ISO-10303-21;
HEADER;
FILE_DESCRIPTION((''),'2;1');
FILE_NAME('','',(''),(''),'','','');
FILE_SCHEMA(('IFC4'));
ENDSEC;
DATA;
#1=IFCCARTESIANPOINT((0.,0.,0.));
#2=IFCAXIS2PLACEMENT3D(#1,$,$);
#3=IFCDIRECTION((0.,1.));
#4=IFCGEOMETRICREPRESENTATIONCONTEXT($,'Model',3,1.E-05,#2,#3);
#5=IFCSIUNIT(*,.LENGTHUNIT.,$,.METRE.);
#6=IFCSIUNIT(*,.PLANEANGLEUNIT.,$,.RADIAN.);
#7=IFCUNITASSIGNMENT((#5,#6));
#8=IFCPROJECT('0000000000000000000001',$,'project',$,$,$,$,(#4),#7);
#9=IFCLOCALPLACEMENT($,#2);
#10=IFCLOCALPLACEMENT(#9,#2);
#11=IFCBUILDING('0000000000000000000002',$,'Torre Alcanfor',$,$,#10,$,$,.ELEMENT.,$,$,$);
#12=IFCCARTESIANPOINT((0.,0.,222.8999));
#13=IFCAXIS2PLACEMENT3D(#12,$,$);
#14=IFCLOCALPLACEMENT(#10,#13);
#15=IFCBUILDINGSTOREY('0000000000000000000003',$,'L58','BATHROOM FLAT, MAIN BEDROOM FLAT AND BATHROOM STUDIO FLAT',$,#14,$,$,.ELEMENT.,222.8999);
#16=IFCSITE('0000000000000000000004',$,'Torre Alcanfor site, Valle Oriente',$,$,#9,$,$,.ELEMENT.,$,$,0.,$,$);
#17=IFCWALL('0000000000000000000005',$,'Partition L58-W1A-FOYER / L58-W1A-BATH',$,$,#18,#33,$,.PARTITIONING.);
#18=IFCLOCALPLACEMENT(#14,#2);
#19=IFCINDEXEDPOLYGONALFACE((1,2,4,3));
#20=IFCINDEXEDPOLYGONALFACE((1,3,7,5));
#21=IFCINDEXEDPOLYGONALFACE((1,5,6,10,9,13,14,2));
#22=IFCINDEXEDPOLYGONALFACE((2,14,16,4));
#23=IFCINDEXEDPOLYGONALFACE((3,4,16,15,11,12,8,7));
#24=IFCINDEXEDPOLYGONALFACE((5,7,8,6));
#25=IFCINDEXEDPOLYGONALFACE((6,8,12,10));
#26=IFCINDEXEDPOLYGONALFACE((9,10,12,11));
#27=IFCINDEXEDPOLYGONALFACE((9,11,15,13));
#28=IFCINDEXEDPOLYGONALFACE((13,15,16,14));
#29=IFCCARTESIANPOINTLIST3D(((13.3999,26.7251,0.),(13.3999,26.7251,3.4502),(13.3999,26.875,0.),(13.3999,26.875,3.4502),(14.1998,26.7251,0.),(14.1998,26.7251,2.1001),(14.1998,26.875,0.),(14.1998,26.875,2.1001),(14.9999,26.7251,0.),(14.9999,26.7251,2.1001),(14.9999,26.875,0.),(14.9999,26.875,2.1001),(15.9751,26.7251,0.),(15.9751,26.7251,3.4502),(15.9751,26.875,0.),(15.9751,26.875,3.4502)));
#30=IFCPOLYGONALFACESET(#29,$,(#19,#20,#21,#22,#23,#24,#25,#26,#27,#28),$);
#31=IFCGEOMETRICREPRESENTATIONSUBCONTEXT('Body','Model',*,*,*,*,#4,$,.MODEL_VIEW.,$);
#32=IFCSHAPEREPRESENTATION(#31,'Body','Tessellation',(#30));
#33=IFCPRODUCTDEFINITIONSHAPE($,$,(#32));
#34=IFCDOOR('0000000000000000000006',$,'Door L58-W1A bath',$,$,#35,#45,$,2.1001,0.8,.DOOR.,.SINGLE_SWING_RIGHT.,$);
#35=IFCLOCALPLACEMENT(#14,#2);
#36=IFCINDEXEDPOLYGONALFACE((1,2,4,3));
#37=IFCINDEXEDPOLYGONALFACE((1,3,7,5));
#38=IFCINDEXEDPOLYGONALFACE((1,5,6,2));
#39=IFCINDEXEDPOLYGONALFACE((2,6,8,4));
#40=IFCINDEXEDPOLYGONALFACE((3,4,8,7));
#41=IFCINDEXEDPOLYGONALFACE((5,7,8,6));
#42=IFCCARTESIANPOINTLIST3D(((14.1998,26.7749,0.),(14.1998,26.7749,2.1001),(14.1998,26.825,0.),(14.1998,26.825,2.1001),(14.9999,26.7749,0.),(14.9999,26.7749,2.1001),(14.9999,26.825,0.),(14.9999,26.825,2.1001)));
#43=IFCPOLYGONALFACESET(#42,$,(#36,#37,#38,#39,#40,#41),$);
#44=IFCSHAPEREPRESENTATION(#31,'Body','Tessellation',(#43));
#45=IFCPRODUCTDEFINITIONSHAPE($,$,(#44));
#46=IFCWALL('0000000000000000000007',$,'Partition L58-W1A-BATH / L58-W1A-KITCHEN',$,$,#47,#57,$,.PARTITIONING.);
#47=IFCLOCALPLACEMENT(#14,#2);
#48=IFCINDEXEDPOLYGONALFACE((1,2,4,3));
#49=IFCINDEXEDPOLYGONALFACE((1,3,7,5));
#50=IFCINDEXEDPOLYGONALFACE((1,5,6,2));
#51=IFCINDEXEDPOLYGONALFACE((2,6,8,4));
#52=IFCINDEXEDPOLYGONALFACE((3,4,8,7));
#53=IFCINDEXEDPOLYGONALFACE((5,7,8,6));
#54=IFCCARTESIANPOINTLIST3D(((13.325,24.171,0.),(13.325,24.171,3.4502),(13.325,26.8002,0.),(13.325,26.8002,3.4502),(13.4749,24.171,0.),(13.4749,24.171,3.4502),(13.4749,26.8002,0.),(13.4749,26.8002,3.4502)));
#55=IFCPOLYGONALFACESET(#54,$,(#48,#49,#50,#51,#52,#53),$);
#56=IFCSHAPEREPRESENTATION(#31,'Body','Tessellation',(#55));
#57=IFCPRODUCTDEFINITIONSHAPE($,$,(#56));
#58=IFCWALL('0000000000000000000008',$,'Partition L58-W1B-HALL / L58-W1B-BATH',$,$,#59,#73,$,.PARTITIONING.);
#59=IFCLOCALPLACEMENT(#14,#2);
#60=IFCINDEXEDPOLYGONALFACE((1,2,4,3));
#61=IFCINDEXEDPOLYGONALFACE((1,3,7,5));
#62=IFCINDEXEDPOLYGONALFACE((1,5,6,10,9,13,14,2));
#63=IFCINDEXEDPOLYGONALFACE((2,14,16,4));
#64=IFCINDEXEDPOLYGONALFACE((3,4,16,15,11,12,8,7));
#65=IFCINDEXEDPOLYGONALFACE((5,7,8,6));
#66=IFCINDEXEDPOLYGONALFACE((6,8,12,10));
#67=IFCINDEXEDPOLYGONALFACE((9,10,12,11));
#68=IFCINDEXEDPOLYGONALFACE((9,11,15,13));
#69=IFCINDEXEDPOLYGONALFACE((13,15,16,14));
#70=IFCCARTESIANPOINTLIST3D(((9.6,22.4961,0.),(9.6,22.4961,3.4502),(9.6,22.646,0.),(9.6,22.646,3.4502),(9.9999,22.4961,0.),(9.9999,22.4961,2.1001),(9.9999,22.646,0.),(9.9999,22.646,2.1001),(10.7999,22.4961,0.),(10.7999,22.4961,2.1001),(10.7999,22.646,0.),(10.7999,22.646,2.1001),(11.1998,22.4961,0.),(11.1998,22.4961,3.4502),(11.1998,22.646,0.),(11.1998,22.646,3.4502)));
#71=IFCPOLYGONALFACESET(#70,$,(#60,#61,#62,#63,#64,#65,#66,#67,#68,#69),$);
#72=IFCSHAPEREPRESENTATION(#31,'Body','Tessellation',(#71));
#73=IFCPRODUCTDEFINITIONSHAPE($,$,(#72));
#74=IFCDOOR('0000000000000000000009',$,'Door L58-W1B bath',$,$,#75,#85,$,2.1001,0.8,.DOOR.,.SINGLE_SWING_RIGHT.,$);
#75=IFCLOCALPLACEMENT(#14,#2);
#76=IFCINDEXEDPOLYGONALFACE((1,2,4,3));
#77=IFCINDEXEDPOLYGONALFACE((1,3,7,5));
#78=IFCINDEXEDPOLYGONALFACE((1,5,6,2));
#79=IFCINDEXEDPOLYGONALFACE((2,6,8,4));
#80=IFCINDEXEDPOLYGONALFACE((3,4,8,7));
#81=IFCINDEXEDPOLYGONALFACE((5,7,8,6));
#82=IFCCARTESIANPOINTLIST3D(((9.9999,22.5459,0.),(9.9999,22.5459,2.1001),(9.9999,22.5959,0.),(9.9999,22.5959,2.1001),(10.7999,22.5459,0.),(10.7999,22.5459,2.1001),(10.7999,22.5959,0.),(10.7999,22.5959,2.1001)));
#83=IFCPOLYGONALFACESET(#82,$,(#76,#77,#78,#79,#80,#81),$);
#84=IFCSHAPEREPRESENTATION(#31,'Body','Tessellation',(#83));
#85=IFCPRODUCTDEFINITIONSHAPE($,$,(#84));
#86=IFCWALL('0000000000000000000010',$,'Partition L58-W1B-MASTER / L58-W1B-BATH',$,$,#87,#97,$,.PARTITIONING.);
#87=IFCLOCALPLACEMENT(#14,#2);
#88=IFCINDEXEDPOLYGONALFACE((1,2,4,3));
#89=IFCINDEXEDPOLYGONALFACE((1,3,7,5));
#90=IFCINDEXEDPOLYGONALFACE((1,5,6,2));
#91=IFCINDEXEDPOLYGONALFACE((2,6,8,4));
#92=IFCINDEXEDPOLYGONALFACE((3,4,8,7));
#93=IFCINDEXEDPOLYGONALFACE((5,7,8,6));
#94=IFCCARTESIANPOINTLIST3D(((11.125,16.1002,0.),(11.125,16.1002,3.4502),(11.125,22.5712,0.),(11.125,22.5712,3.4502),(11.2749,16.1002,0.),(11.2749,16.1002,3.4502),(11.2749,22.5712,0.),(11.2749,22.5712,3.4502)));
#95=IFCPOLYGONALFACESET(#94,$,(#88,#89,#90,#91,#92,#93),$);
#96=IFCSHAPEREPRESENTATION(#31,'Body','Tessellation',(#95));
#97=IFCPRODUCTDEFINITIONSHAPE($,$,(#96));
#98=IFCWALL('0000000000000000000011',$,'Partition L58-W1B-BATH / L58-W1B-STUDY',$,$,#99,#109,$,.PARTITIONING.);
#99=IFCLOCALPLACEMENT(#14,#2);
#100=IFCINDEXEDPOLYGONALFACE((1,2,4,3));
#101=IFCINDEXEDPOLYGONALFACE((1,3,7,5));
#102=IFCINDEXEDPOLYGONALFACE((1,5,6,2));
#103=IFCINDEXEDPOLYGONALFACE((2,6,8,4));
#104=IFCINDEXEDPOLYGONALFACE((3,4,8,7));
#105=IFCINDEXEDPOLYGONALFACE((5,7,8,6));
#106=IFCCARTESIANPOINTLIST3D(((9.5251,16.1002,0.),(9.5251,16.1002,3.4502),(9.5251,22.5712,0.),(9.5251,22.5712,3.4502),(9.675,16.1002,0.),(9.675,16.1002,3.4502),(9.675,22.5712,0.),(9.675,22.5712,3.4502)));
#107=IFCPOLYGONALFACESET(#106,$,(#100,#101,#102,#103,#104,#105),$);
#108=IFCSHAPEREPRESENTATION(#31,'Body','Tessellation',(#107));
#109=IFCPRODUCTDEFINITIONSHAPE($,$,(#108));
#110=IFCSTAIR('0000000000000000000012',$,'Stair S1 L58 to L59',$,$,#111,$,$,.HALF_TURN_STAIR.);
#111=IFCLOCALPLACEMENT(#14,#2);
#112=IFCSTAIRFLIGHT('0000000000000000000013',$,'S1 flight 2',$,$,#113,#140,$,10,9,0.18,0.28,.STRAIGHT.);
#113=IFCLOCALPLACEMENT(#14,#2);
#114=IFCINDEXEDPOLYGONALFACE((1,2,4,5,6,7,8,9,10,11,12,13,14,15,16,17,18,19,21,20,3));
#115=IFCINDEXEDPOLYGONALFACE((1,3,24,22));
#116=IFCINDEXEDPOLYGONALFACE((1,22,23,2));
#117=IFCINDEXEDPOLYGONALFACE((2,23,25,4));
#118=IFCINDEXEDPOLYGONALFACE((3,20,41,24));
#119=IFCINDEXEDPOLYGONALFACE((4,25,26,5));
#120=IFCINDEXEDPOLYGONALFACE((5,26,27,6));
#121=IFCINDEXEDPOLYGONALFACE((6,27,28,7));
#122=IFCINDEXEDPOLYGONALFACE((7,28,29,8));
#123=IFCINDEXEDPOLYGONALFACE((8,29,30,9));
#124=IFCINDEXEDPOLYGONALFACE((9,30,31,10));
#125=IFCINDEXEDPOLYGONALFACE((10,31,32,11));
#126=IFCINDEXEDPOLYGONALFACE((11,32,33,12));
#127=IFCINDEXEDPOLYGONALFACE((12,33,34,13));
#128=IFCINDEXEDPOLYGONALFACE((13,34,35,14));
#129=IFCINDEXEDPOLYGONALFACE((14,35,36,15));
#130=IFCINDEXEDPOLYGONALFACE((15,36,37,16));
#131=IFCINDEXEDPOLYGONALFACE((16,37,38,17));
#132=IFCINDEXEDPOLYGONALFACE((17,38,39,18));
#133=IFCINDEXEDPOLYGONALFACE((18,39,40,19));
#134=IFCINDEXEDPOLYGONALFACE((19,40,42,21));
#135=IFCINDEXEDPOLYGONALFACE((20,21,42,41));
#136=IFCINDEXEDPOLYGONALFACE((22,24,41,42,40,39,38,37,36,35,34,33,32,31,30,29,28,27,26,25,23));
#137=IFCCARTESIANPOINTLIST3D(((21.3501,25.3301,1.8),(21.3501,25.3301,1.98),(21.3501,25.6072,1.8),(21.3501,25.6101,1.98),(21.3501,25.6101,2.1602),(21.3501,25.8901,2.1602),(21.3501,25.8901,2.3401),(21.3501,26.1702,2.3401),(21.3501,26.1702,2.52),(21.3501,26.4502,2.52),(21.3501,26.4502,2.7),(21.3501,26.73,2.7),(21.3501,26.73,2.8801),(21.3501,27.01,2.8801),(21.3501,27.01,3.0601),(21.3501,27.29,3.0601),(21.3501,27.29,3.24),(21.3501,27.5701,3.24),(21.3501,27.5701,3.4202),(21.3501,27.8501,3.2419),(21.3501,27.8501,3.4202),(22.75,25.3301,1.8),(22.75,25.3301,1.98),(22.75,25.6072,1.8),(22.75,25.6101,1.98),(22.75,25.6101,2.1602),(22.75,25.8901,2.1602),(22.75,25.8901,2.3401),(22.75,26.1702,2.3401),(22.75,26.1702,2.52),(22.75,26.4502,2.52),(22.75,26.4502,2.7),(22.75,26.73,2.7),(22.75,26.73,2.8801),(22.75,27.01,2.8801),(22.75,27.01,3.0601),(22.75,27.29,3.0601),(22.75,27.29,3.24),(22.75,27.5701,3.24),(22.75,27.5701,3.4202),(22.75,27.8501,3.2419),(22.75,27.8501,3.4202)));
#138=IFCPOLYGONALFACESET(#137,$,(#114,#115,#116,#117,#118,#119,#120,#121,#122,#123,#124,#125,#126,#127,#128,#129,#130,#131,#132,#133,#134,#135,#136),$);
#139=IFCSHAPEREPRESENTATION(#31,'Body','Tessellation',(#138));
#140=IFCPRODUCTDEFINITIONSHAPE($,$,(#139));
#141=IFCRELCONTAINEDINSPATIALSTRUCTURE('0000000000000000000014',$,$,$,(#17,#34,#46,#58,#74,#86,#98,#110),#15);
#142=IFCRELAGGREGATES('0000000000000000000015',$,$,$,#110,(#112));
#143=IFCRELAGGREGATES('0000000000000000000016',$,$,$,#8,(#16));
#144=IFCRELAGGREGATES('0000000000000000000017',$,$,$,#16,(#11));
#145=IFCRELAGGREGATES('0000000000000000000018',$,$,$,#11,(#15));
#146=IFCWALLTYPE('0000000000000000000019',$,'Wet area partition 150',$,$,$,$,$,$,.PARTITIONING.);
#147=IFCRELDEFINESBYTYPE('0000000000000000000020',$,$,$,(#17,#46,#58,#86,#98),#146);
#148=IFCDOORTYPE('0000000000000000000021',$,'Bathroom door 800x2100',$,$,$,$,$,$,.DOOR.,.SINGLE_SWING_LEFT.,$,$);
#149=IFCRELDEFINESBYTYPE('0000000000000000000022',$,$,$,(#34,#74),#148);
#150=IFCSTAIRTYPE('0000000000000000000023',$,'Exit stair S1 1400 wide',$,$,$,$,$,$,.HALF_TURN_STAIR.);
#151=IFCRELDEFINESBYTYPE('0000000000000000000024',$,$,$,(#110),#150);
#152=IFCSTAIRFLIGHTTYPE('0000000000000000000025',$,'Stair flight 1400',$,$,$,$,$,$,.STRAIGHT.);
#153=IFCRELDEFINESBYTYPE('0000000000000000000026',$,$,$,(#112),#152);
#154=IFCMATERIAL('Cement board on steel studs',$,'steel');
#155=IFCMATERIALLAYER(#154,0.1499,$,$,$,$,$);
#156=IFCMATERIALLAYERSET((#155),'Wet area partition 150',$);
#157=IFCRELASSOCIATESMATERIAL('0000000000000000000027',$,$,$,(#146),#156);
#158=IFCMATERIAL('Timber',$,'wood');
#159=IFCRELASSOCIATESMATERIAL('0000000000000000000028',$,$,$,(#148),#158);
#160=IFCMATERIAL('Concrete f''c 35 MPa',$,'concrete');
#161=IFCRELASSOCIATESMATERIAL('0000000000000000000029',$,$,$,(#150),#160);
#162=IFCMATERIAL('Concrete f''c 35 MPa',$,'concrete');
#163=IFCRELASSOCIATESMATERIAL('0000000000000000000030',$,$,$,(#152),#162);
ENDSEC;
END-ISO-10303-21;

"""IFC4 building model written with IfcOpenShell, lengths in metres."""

from ifc_helpers import new_model, si_unit, direction, frame, frame_2d, origin, place, context, subcontext, project, spatial, polyline, rectangle, outline, extrude, material, layer, layer_set, type_object, element, fill, aggregate, save


model = new_model("IFC4")

# Units and contexts
model_context = context("Model", 3, precision=1e-05, world=origin(), true_north=direction((0.0, 1.0)))
body_context = subcontext(model_context, "Body", "Model", "MODEL_VIEW")
ifc_project = project(units=[si_unit("LENGTHUNIT", "METRE"), si_unit("PLANEANGLEUNIT", "RADIAN")], contexts=[model_context])

# Site, building, storey
site_placement = place(None, origin())
site = spatial("IfcSite", under=ifc_project, at=site_placement, Name="Torre Alcanfor site, Valle Oriente", CompositionType="ELEMENT", RefElevation=0.0)
building_placement = place(site_placement, origin())
building = spatial("IfcBuilding", under=site, at=building_placement, Name="Torre Alcanfor", CompositionType="ELEMENT")
storey_placement = place(building_placement, frame((0.0, 0.0, 222.8999)))
storey = spatial("IfcBuildingStorey", under=building, at=storey_placement, Name="L58", Description="BATHROOM FLAT, MAIN BEDROOM FLAT AND BATHROOM STUDIO FLAT", CompositionType="ELEMENT", Elevation=222.8999)

# Wall, opening, door
ifc_material_1 = material(Name="Cement board on steel studs", Category="steel")
ifc_layer_1 = layer(ifc_material_1, 0.1499)
ifc_layer_set_1 = layer_set([ifc_layer_1], Name="Wet area partition 150")
wall_type_1 = type_object("IfcWallType", Name="Wet area partition 150", PredefinedType="PARTITIONING", material=ifc_layer_set_1)
wall_1_placement = place(storey_placement, frame((13.3999, 26.8, 0.0), z_axis=(0.0, 0.0, 1.0), x_axis=(1.0, 0.0, 0.0)))
wall_1 = element("IfcWall", 1, at=wall_1_placement, inside=storey, type_object=wall_type_1, Name="Partition L58-W1A-FOYER / L58-W1A-BATH", PredefinedType="PARTITIONING", context=body_context, shape_type="SweptSolid", body=[
    extrude(rectangle(XDim=2.5752, YDim=0.1499, at=frame_2d((1.2876, 0.0))), origin(), (0.0, 0.0, 1.0), 3.4502),
])
opening_1_placement = place(wall_1_placement, frame((0.8, 0.0, 0.0)))
opening_1 = element("IfcOpeningElement", 2, at=opening_1_placement, cuts=wall_1, PredefinedType="OPENING", context=body_context, shape_type="SweptSolid", body=[
    extrude(rectangle(XDim=0.8, YDim=2.1001, at=frame_2d((0.3999, 1.05))), frame((0.0, 0.085, 0.0), z_axis=(0.0, -1.0, 0.0), x_axis=(1.0, 0.0, 0.0)), (0.0, 0.0, 1.0), 0.1699),
])
ifc_material_2 = material(Name="Timber", Category="wood")
door_type_1 = type_object("IfcDoorType", Name="Bathroom door 800x2100", OperationType="SINGLE_SWING_LEFT", PredefinedType="DOOR", material=ifc_material_2)
door_1_placement = place(opening_1_placement, frame((0.8, 0.0, 0.0), z_axis=(0.0, 0.0, 1.0), x_axis=(-1.0, 0.0, 0.0)))
door_1 = element("IfcDoor", 3, at=door_1_placement, inside=storey, type_object=door_type_1, Name="Door L58-W1A bath", OperationType="SINGLE_SWING_RIGHT", OverallHeight=2.1001, OverallWidth=0.8, PredefinedType="DOOR", context=body_context, shape_type="SweptSolid", body=[
    extrude(rectangle(XDim=0.8, YDim=2.1001, at=frame_2d((0.4001, 1.05))), frame((0.0, 0.0251, 0.0), z_axis=(0.0, -1.0, 0.0), x_axis=(1.0, 0.0, 0.0)), (0.0, 0.0, 1.0), 0.05),
])
fill(opening_1, door_1)

# Wall
wall_2_placement = place(storey_placement, frame((13.3999, 26.8, 0.0), z_axis=(0.0, 0.0, 1.0), x_axis=(0.0, -1.0, 0.0)))
element("IfcWall", 4, at=wall_2_placement, inside=storey, type_object=wall_type_1, Name="Partition L58-W1A-BATH / L58-W1A-KITCHEN", PredefinedType="PARTITIONING", context=body_context, shape_type="SweptSolid", body=[
    extrude(rectangle(XDim=2.6292, YDim=0.1499, at=frame_2d((1.3145, 0.0))), origin(), (0.0, 0.0, 1.0), 3.4502),
])

# Wall, opening, door
wall_3_placement = place(storey_placement, frame((9.6001, 22.571, 0.0), z_axis=(0.0, 0.0, 1.0), x_axis=(1.0, 0.0, 0.0)))
wall_3 = element("IfcWall", 5, at=wall_3_placement, inside=storey, type_object=wall_type_1, Name="Partition L58-W1B-HALL / L58-W1B-BATH", PredefinedType="PARTITIONING", context=body_context, shape_type="SweptSolid", body=[
    extrude(rectangle(XDim=1.5999, YDim=0.1499, at=frame_2d((0.7998, 0.0))), origin(), (0.0, 0.0, 1.0), 3.4502),
])
opening_2_placement = place(wall_3_placement, frame((0.3999, 0.0, 0.0)))
opening_2 = element("IfcOpeningElement", 6, at=opening_2_placement, cuts=wall_3, PredefinedType="OPENING", context=body_context, shape_type="SweptSolid", body=[
    extrude(rectangle(XDim=0.8, YDim=2.1001, at=frame_2d((0.3999, 1.05))), frame((0.0, 0.085, 0.0), z_axis=(0.0, -1.0, 0.0), x_axis=(1.0, 0.0, 0.0)), (0.0, 0.0, 1.0), 0.1699),
])
door_2_placement = place(opening_2_placement, frame((0.8, 0.0, 0.0), z_axis=(0.0, 0.0, 1.0), x_axis=(-1.0, 0.0, 0.0)))
door_2 = element("IfcDoor", 7, at=door_2_placement, inside=storey, type_object=door_type_1, Name="Door L58-W1B bath", OperationType="SINGLE_SWING_RIGHT", OverallHeight=2.1001, OverallWidth=0.8, PredefinedType="DOOR", context=body_context, shape_type="SweptSolid", body=[
    extrude(rectangle(XDim=0.8, YDim=2.1001, at=frame_2d((0.4001, 1.05))), frame((0.0, 0.0251, 0.0), z_axis=(0.0, -1.0, 0.0), x_axis=(1.0, 0.0, 0.0)), (0.0, 0.0, 1.0), 0.05),
])
fill(opening_2, door_2)

# Walls
for number, where, z_axis, x_axis, name in (
    (8, (11.2, 22.571, 0.0), (0.0, 0.0, 1.0), (0.0, -1.0, 0.0), "Partition L58-W1B-MASTER / L58-W1B-BATH"),
    (9, (9.6001, 22.571, 0.0), (0.0, 0.0, 1.0), (0.0, -1.0, 0.0), "Partition L58-W1B-BATH / L58-W1B-STUDY"),
):
    element("IfcWall", number, at=place(storey_placement, frame(where, z_axis=z_axis, x_axis=x_axis)), inside=storey, type_object=wall_type_1, Name=name, PredefinedType="PARTITIONING", context=body_context, shape_type="SweptSolid", body=[
        extrude(rectangle(XDim=6.4709, YDim=0.1499, at=frame_2d((3.2354, 0.0))), origin(), (0.0, 0.0, 1.0), 3.4502),
    ])

# Stair, stair flight
ifc_material_3 = material(Name="Concrete f'c 35 MPa", Category="concrete")
stair_type = type_object("IfcStairType", Name="Exit stair S1 1400 wide", PredefinedType="HALF_TURN_STAIR", material=ifc_material_3)
stair_placement = place(storey_placement, origin())
stair = element("IfcStair", 10, at=stair_placement, inside=storey, type_object=stair_type, Name="Stair S1 L58 to L59", PredefinedType="HALF_TURN_STAIR")
ifc_material_4 = material(Name="Concrete f'c 35 MPa", Category="concrete")
stair_flight_type = type_object("IfcStairFlightType", Name="Stair flight 1400", PredefinedType="STRAIGHT", material=ifc_material_4)
stair_flight_placement = place(storey_placement, frame((22.05, 25.3301, 1.8), z_axis=(0.0, 0.0, 1.0), x_axis=(0.0, 1.0, 0.0)))
stair_flight = element("IfcStairFlight", 11, at=stair_flight_placement, type_object=stair_flight_type, Name="S1 flight 2", NumberOfRisers=10, NumberOfTreads=9, PredefinedType="STRAIGHT", RiserHeight=0.18, TreadLength=0.28, context=body_context, shape_type="SweptSolid", body=[
    extrude(outline(polyline([(0.0, 0.0), (0.0, 0.1799), (0.28, 0.1799), (0.28, 0.3601), (0.5601, 0.3601), (0.5601, 0.54), (0.8401, 0.54), (0.8401, 0.72), (1.1201, 0.72), (1.1201, 0.8999), (1.3999, 0.8999), (1.3999, 1.0801), (1.6799, 1.0801), (1.6799, 1.26), (1.96, 1.26), (1.96, 1.4399), (2.24, 1.4399), (2.24, 1.6201), (2.52, 1.6201), (2.52, 1.8), (2.52, 1.4419), (0.2771, 0.0), (0.0, 0.0)])), frame((0.0, 0.7, 0.0), z_axis=(0.0, -1.0, 0.0), x_axis=(1.0, 0.0, 0.0)), (0.0, 0.0, 1.0), 1.3999),
])
aggregate(stair, [stair_flight])

save(model, "model.ifc")
